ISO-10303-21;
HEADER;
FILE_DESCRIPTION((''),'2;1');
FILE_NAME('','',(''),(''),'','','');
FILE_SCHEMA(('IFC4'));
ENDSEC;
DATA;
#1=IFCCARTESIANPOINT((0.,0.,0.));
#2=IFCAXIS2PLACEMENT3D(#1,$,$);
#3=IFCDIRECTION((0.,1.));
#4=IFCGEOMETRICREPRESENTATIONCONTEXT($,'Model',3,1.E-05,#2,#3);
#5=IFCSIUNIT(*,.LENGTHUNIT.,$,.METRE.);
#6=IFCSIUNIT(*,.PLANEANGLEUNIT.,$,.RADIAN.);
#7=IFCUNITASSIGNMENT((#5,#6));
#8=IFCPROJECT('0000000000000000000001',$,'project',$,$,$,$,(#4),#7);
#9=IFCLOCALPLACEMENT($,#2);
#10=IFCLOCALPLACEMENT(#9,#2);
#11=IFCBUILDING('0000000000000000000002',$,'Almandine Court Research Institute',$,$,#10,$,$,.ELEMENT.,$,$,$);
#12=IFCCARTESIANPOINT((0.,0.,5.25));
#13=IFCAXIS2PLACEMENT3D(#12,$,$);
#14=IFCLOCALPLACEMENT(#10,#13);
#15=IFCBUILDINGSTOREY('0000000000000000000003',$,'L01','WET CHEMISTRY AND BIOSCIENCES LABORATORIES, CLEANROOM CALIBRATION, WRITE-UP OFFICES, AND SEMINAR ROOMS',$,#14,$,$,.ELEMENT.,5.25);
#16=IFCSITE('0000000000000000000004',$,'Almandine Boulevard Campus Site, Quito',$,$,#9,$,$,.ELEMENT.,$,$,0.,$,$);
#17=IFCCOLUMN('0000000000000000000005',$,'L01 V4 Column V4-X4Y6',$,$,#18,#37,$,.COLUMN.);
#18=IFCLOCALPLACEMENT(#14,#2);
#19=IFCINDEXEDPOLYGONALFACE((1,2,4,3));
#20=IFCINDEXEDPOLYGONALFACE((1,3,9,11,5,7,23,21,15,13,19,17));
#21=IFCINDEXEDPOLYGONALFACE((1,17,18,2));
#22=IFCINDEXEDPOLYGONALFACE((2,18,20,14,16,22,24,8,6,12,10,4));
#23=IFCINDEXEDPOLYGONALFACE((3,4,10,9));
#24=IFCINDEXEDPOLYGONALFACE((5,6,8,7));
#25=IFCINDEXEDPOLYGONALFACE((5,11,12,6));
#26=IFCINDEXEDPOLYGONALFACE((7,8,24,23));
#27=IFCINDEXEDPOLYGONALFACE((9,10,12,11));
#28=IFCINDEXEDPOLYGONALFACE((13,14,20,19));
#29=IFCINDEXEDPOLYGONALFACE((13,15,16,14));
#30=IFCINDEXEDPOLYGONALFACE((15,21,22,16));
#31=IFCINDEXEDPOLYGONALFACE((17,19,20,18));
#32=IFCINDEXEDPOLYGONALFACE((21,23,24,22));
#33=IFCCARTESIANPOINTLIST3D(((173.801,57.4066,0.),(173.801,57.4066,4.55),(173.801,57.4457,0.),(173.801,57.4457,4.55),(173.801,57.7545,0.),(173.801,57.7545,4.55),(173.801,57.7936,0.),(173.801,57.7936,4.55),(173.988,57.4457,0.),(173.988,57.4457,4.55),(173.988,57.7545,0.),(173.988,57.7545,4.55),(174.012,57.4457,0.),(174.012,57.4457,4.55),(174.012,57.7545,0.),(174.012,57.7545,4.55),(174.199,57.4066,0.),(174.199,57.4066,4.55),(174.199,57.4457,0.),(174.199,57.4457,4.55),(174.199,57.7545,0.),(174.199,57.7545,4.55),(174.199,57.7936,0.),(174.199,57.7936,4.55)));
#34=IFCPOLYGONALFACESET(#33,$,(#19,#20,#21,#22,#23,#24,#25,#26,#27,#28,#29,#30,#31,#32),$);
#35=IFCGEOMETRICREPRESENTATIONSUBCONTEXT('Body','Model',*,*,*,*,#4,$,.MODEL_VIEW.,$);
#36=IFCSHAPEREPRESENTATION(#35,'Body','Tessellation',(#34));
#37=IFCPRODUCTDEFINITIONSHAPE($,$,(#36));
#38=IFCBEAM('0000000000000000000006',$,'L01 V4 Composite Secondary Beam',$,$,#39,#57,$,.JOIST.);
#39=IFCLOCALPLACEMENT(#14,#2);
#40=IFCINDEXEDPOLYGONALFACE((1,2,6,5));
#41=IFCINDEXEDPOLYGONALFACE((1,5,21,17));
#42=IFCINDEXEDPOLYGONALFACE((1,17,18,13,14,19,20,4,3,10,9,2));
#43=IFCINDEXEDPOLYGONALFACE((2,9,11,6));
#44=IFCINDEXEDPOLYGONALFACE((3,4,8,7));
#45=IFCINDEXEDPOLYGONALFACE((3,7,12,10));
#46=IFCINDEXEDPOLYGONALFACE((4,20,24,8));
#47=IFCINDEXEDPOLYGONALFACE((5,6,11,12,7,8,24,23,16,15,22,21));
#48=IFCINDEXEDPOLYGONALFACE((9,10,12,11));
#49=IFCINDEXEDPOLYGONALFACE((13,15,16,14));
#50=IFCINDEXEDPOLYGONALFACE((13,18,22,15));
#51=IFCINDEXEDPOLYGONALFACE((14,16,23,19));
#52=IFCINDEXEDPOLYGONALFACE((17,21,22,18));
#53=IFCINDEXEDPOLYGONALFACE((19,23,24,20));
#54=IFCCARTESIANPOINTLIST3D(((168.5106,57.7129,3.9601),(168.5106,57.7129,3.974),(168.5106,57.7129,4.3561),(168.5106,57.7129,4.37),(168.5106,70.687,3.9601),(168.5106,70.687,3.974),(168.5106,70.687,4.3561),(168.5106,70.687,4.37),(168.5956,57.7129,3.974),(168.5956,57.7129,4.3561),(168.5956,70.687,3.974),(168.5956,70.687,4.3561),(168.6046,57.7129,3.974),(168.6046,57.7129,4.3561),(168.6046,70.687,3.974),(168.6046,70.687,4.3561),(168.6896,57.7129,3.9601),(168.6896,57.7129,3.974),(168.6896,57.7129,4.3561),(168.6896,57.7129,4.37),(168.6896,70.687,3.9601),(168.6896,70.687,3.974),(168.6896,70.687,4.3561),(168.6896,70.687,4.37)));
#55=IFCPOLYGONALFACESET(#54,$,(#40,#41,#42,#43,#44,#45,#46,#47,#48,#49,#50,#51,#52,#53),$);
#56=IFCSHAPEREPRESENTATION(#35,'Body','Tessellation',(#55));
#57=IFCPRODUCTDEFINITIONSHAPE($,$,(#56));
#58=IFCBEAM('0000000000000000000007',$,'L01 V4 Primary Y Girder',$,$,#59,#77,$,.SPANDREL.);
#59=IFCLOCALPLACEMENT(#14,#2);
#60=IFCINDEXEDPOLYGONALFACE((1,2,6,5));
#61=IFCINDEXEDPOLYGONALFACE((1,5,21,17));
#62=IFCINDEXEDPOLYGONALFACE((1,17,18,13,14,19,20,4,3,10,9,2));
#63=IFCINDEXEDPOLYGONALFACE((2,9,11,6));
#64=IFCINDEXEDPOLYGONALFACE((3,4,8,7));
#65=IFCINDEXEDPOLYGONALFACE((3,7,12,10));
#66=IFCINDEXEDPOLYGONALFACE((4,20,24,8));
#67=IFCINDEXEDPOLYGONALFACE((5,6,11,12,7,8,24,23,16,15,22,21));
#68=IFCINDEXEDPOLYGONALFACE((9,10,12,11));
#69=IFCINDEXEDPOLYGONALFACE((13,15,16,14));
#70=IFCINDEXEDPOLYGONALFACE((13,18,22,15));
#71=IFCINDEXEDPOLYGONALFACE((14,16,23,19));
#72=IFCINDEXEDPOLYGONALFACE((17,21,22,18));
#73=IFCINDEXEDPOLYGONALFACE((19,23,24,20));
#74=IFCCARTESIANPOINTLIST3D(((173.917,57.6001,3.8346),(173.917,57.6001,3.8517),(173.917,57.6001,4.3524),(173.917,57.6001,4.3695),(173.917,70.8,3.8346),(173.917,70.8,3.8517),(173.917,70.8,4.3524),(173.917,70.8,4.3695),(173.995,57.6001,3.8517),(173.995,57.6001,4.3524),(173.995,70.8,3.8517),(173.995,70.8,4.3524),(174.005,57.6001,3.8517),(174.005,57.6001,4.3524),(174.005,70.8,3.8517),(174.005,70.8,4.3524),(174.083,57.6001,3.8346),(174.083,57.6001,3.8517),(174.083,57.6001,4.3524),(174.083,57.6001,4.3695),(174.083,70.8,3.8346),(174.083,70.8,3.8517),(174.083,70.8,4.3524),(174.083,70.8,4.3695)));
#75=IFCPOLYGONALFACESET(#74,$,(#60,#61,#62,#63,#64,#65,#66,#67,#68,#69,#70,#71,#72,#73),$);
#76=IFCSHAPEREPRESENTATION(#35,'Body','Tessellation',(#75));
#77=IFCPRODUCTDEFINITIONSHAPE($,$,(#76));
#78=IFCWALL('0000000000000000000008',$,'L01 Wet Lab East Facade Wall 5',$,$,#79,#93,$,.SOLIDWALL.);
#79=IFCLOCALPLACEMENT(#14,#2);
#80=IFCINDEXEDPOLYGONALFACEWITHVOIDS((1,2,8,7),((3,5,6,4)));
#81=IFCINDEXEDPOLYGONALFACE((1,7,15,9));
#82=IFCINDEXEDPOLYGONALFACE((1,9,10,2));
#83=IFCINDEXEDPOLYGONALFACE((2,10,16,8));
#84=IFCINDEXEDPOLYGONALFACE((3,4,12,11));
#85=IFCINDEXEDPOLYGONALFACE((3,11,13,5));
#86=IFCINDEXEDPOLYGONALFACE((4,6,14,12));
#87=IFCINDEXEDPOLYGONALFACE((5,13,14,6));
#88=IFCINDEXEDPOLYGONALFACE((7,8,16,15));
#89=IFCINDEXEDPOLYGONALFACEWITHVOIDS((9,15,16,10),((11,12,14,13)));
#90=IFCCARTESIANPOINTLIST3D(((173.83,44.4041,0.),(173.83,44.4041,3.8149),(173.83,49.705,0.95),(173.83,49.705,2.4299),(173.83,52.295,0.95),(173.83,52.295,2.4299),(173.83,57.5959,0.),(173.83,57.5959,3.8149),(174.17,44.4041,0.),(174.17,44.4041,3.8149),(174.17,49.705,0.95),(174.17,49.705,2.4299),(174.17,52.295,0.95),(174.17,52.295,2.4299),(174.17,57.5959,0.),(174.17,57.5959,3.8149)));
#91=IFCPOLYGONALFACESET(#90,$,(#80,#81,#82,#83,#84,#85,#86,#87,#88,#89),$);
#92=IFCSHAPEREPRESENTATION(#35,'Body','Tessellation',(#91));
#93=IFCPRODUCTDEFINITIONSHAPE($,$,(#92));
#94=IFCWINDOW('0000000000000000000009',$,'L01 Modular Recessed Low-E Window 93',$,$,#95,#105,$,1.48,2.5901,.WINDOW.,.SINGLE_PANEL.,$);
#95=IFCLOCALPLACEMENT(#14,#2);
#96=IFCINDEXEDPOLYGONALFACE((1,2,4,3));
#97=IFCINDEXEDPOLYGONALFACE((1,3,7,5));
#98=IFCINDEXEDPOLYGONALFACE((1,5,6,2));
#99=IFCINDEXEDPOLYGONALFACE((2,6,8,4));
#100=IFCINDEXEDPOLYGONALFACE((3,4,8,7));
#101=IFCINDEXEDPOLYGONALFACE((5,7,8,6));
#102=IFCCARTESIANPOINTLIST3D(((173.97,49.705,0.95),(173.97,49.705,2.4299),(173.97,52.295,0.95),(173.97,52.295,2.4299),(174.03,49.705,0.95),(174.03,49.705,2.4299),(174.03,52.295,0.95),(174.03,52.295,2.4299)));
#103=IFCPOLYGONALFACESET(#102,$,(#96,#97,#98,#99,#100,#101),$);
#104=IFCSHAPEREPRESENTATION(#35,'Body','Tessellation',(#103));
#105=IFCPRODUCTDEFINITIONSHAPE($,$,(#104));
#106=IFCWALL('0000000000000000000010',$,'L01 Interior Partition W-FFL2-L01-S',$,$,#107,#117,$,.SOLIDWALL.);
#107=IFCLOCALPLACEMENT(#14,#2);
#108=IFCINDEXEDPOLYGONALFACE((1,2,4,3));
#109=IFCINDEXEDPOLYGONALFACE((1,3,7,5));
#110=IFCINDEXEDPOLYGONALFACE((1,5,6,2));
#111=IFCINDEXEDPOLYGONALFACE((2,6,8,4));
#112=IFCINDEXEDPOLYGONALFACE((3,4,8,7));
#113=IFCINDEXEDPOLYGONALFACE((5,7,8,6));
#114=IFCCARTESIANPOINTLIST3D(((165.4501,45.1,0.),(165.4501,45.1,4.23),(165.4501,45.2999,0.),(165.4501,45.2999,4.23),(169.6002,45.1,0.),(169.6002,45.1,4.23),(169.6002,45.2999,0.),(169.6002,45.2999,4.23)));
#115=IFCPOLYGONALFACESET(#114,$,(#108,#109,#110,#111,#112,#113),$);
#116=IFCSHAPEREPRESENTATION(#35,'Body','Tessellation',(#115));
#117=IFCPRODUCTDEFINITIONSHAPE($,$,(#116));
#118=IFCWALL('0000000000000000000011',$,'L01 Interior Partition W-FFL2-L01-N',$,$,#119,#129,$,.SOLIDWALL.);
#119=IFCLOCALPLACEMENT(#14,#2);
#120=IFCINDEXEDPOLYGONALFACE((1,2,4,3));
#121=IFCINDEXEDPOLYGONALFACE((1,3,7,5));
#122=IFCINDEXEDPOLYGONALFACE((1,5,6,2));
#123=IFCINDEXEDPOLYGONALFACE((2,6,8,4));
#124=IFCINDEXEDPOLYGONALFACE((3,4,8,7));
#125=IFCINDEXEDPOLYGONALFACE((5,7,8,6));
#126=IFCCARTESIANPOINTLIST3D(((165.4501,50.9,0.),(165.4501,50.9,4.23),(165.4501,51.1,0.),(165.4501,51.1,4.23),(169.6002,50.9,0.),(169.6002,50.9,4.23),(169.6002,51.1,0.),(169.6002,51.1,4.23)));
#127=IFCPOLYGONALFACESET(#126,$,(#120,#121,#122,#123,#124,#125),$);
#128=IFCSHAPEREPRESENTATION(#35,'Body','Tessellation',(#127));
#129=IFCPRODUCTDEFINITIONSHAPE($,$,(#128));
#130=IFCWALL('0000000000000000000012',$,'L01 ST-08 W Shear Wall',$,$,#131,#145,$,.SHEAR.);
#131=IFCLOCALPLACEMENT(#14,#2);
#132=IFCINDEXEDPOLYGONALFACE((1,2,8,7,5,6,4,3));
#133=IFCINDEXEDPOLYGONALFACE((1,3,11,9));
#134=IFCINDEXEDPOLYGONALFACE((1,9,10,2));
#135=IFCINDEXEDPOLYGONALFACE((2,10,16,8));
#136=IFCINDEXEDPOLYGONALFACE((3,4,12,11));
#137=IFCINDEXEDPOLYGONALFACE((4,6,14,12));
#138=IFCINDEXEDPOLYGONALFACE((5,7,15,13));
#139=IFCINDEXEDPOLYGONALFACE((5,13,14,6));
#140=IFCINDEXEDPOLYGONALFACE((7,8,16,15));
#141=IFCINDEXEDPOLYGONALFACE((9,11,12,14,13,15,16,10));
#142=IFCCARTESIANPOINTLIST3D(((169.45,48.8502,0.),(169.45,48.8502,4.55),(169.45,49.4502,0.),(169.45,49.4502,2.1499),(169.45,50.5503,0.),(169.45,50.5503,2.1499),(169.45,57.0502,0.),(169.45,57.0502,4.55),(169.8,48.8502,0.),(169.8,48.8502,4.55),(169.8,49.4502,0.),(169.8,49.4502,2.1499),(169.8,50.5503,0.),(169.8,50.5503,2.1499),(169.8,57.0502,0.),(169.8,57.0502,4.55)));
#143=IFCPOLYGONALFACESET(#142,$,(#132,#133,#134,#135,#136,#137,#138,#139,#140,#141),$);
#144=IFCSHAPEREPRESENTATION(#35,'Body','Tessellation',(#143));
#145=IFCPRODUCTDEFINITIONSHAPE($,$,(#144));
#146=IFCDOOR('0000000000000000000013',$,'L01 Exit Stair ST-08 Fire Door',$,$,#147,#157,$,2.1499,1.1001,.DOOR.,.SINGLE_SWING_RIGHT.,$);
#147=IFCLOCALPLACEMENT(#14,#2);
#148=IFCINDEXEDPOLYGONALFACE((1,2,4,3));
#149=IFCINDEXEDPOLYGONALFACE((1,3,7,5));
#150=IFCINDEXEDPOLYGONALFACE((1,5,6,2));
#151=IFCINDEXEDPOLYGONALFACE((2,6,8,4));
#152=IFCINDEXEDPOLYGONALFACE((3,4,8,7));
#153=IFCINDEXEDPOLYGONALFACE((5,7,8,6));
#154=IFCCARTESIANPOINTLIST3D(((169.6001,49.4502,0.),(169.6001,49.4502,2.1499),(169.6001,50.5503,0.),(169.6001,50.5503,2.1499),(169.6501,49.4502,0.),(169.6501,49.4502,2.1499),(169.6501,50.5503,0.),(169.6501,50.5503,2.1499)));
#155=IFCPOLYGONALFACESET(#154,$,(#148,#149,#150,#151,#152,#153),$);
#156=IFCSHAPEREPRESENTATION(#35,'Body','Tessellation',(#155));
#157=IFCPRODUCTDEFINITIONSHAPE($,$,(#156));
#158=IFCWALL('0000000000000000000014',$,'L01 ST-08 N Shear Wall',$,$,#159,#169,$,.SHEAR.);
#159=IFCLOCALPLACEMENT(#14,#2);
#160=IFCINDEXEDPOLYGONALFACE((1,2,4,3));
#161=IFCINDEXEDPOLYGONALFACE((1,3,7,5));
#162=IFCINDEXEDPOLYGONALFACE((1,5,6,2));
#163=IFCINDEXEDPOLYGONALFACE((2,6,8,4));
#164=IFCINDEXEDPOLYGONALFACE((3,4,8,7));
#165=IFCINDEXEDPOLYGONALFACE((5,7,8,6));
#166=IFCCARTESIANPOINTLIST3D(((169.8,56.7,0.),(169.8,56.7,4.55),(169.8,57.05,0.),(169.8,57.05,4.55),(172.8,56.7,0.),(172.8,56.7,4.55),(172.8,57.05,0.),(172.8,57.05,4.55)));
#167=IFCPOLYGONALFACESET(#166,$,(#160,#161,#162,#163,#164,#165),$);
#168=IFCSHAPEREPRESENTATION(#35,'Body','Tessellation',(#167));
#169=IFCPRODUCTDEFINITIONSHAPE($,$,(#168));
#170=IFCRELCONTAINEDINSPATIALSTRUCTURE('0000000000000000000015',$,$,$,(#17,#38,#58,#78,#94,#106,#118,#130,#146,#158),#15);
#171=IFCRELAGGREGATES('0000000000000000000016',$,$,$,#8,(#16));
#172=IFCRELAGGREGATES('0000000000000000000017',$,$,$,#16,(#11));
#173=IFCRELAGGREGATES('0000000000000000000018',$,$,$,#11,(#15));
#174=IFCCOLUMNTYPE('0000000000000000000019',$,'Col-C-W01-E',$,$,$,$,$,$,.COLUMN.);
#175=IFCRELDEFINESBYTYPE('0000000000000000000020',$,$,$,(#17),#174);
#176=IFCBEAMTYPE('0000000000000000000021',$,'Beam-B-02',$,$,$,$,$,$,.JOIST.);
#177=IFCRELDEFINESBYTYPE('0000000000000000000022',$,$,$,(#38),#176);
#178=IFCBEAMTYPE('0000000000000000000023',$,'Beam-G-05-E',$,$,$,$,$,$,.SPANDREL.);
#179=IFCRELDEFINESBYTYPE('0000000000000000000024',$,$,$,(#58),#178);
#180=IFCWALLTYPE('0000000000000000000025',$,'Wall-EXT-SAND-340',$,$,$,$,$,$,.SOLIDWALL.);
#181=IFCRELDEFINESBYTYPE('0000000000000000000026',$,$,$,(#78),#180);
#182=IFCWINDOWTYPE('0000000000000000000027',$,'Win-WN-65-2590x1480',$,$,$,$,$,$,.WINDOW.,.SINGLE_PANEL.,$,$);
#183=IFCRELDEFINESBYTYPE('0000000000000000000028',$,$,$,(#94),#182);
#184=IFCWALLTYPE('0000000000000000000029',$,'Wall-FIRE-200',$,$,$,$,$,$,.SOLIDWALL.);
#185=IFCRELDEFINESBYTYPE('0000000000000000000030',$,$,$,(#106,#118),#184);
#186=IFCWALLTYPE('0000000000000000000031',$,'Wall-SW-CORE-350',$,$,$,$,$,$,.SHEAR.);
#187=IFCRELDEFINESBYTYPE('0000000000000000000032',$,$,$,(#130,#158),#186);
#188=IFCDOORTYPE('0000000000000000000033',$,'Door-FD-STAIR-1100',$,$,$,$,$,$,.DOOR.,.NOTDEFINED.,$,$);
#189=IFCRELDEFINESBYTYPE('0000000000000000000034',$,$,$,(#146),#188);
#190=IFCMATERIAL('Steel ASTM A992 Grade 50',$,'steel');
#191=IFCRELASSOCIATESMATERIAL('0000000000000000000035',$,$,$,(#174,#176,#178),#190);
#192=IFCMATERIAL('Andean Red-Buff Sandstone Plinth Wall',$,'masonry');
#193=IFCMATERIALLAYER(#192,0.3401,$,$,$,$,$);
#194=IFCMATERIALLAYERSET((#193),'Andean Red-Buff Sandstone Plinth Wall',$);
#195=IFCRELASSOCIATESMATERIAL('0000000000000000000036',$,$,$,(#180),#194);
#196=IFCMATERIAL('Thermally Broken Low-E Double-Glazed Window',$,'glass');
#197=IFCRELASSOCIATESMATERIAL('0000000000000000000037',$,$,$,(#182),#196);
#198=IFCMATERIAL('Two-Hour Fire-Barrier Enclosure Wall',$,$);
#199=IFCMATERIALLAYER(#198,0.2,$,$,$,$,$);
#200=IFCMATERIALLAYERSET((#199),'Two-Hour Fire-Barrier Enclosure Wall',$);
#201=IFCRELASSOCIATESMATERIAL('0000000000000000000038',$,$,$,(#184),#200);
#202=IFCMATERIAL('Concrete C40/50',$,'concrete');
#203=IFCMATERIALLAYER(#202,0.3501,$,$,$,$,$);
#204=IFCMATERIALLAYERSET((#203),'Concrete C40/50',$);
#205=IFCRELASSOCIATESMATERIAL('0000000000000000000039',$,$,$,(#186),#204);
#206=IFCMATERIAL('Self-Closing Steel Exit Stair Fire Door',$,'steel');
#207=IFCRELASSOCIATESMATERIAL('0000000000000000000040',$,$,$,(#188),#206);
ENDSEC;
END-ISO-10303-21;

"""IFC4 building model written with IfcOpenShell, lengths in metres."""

from ifc_helpers import new_model, si_unit, direction, frame, frame_2d, origin, origin_2d, place, context, subcontext, project, spatial, rectangle, i_section, extrude, material, layer, layer_set, material_profile, profile_set, type_object, element, fill, save


model = new_model("IFC4")

# Units and contexts
model_context = context("Model", 3, precision=1e-05, world=origin(), true_north=direction((0.0, 1.0)))
body_context = subcontext(model_context, "Body", "Model", "MODEL_VIEW")
ifc_project = project(units=[si_unit("LENGTHUNIT", "METRE"), si_unit("PLANEANGLEUNIT", "RADIAN")], contexts=[model_context])

# Site, building, storey
site_placement = place(None, origin())
site = spatial("IfcSite", under=ifc_project, at=site_placement, Name="Almandine Boulevard Campus Site, Quito", CompositionType="ELEMENT", RefElevation=0.0)
building_placement = place(site_placement, origin())
building = spatial("IfcBuilding", under=site, at=building_placement, Name="Almandine Court Research Institute", CompositionType="ELEMENT")
storey_placement = place(building_placement, frame((0.0, 0.0, 5.25)))
storey = spatial("IfcBuildingStorey", under=building, at=storey_placement, Name="L01", Description="WET CHEMISTRY AND BIOSCIENCES LABORATORIES, CLEANROOM CALIBRATION, WRITE-UP OFFICES, AND SEMINAR ROOMS", CompositionType="ELEMENT", Elevation=5.25)

# Column
ifc_material_1 = material(Name="Steel ASTM A992 Grade 50", Category="steel")
ifc_material_profile_1 = material_profile(ifc_material_1, i_section(OverallWidth=0.3979, OverallDepth=0.387, WebThickness=0.0239, FlangeThickness=0.0391, at=origin_2d()), Name="W360x262")
ifc_profile_set_1 = profile_set([ifc_material_profile_1], Name="Steel ASTM A992 Grade 50")
column_type = type_object("IfcColumnType", Name="Col-C-W01-E", PredefinedType="COLUMN", material=ifc_profile_set_1)
column_placement = place(storey_placement, frame((174.0, 57.6001, 0.0), z_axis=(0.0, 0.0, 1.0), x_axis=(1.0, 0.0, 0.0)))
element("IfcColumn", 1, at=column_placement, inside=storey, type_object=column_type, Name="L01 V4 Column V4-X4Y6", PredefinedType="COLUMN", context=body_context, shape_type="SweptSolid", body=[
    extrude(i_section(OverallWidth=0.3979, OverallDepth=0.387, WebThickness=0.0239, FlangeThickness=0.0391, at=origin_2d()), origin(), (0.0, 0.0, 1.0), 4.55),
])

# Beams
ifc_material_profile_2 = material_profile(ifc_material_1, i_section(OverallWidth=0.179, OverallDepth=0.4099, WebThickness=0.009, FlangeThickness=0.0139, at=origin_2d()), Name="W410x67")
ifc_profile_set_2 = profile_set([ifc_material_profile_2], Name="Steel ASTM A992 Grade 50")
beam_type_1 = type_object("IfcBeamType", Name="Beam-B-02", PredefinedType="JOIST", material=ifc_profile_set_2)
beam_1_placement = place(storey_placement, frame((168.6001, 57.7129, 4.165), z_axis=(0.0, 1.0, 0.0), x_axis=(-1.0, 0.0, 0.0)))
element("IfcBeam", 2, at=beam_1_placement, inside=storey, type_object=beam_type_1, Name="L01 V4 Composite Secondary Beam", PredefinedType="JOIST", context=body_context, shape_type="SweptSolid", body=[
    extrude(i_section(OverallWidth=0.179, OverallDepth=0.4099, WebThickness=0.009, FlangeThickness=0.0139, at=origin_2d()), origin(), (0.0, 0.0, 1.0), 12.9741),
])
ifc_material_profile_3 = material_profile(ifc_material_1, i_section(OverallWidth=0.166, OverallDepth=0.5349, WebThickness=0.01, FlangeThickness=0.0171, at=origin_2d()), Name="W530x85")
ifc_profile_set_3 = profile_set([ifc_material_profile_3], Name="Steel ASTM A992 Grade 50")
beam_type_2 = type_object("IfcBeamType", Name="Beam-G-05-E", PredefinedType="SPANDREL", material=ifc_profile_set_3)
beam_2_placement = place(storey_placement, frame((174.0, 57.6001, 4.1021), z_axis=(0.0, 1.0, 0.0), x_axis=(-1.0, 0.0, 0.0)))
element("IfcBeam", 3, at=beam_2_placement, inside=storey, type_object=beam_type_2, Name="L01 V4 Primary Y Girder", PredefinedType="SPANDREL", context=body_context, shape_type="SweptSolid", body=[
    extrude(i_section(OverallWidth=0.166, OverallDepth=0.5349, WebThickness=0.01, FlangeThickness=0.0171, at=origin_2d()), origin(), (0.0, 0.0, 1.0), 13.2),
])

# Wall, opening, window
ifc_material_2 = material(Name="Andean Red-Buff Sandstone Plinth Wall", Category="masonry")
ifc_layer_1 = layer(ifc_material_2, 0.3401)
ifc_layer_set_1 = layer_set([ifc_layer_1], Name="Andean Red-Buff Sandstone Plinth Wall")
wall_type_1 = type_object("IfcWallType", Name="Wall-EXT-SAND-340", PredefinedType="SOLIDWALL", material=ifc_layer_set_1)
wall_1_placement = place(storey_placement, frame((174.0, 57.5959, 0.0), z_axis=(0.0, 0.0, 1.0), x_axis=(0.0, -1.0, 0.0)))
wall_1 = element("IfcWall", 4, at=wall_1_placement, inside=storey, type_object=wall_type_1, Name="L01 Wet Lab East Facade Wall 5", PredefinedType="SOLIDWALL", context=body_context, shape_type="SweptSolid", body=[
    extrude(rectangle(XDim=13.1919, YDim=0.3401, at=frame_2d((6.5959, 0.0))), origin(), (0.0, 0.0, 1.0), 3.8149),
])
opening_1_placement = place(wall_1_placement, frame((5.301, 0.0, 0.95)))
opening_1 = element("IfcOpeningElement", 5, at=opening_1_placement, cuts=wall_1, PredefinedType="OPENING", context=body_context, shape_type="SweptSolid", body=[
    extrude(rectangle(XDim=2.5901, YDim=1.48, at=frame_2d((1.2949, 0.74))), frame((0.0, 0.1799, 0.0), z_axis=(0.0, -1.0, 0.0), x_axis=(1.0, 0.0, 0.0)), (0.0, 0.0, 1.0), 0.3601),
])
ifc_material_3 = material(Name="Thermally Broken Low-E Double-Glazed Window", Category="glass")
window_type = type_object("IfcWindowType", Name="Win-WN-65-2590x1480", PartitioningType="SINGLE_PANEL", PredefinedType="WINDOW", material=ifc_material_3)
window_placement = place(opening_1_placement, origin())
window = element("IfcWindow", 6, at=window_placement, inside=storey, type_object=window_type, Name="L01 Modular Recessed Low-E Window 93", OverallHeight=1.48, OverallWidth=2.5901, PartitioningType="SINGLE_PANEL", PredefinedType="WINDOW", context=body_context, shape_type="SweptSolid", body=[
    extrude(rectangle(XDim=2.5901, YDim=1.48, at=frame_2d((1.2949, 0.74))), frame((0.0, 0.03, 0.0), z_axis=(0.0, -1.0, 0.0), x_axis=(1.0, 0.0, 0.0)), (0.0, 0.0, 1.0), 0.0601),
])
fill(opening_1, window)

# Walls
ifc_material_4 = material(Name="Two-Hour Fire-Barrier Enclosure Wall")
ifc_layer_2 = layer(ifc_material_4, 0.2)
ifc_layer_set_2 = layer_set([ifc_layer_2], Name="Two-Hour Fire-Barrier Enclosure Wall")
wall_type_2 = type_object("IfcWallType", Name="Wall-FIRE-200", PredefinedType="SOLIDWALL", material=ifc_layer_set_2)
for number, where, z_axis, x_axis, name in (
    (7, (165.45, 45.2, 0.0), (0.0, 0.0, 1.0), (1.0, 0.0, 0.0), "L01 Interior Partition W-FFL2-L01-S"),
    (8, (165.45, 51.0, 0.0), (0.0, 0.0, 1.0), (1.0, 0.0, 0.0), "L01 Interior Partition W-FFL2-L01-N"),
):
    element("IfcWall", number, at=place(storey_placement, frame(where, z_axis=z_axis, x_axis=x_axis)), inside=storey, type_object=wall_type_2, Name=name, PredefinedType="SOLIDWALL", context=body_context, shape_type="SweptSolid", body=[
        extrude(rectangle(XDim=4.1501, YDim=0.2, at=frame_2d((2.0752, 0.0))), origin(), (0.0, 0.0, 1.0), 4.23),
    ])

# Wall, opening, door
ifc_material_5 = material(Name="Concrete C40/50", Category="concrete")
ifc_layer_3 = layer(ifc_material_5, 0.3501)
ifc_layer_set_3 = layer_set([ifc_layer_3], Name="Concrete C40/50")
wall_type_3 = type_object("IfcWallType", Name="Wall-SW-CORE-350", PredefinedType="SHEAR", material=ifc_layer_set_3)
wall_2_placement = place(storey_placement, frame((169.625, 48.8501, 0.0), z_axis=(0.0, 0.0, 1.0), x_axis=(0.0, 1.0, 0.0)))
wall_2 = element("IfcWall", 9, at=wall_2_placement, inside=storey, type_object=wall_type_3, Name="L01 ST-08 W Shear Wall", PredefinedType="SHEAR", context=body_context, shape_type="SweptSolid", body=[
    extrude(rectangle(XDim=8.2, YDim=0.3501, at=frame_2d((4.1001, 0.0))), origin(), (0.0, 0.0, 1.0), 4.55),
])
opening_2_placement = place(wall_2_placement, frame((0.6001, 0.0, 0.0)))
opening_2 = element("IfcOpeningElement", 10, at=opening_2_placement, cuts=wall_2, PredefinedType="OPENING", context=body_context, shape_type="SweptSolid", body=[
    extrude(rectangle(XDim=1.1001, YDim=2.1499, at=frame_2d((0.55, 1.075))), frame((0.0, 0.1851, 0.0), z_axis=(0.0, -1.0, 0.0), x_axis=(1.0, 0.0, 0.0)), (0.0, 0.0, 1.0), 0.3701),
])
ifc_material_6 = material(Name="Self-Closing Steel Exit Stair Fire Door", Category="steel")
door_type_1 = type_object("IfcDoorType", Name="Door-FD-STAIR-1100", OperationType="NOTDEFINED", PredefinedType="DOOR", material=ifc_material_6)
door_1_placement = place(opening_2_placement, origin())
door_1 = element("IfcDoor", 11, at=door_1_placement, inside=storey, type_object=door_type_1, Name="L01 Exit Stair ST-08 Fire Door", OperationType="SINGLE_SWING_RIGHT", OverallHeight=2.1499, OverallWidth=1.1001, PredefinedType="DOOR", context=body_context, shape_type="SweptSolid", body=[
    extrude(rectangle(XDim=1.1001, YDim=2.1499, at=frame_2d((0.55, 1.075))), frame((0.0, 0.0249, 0.0), z_axis=(0.0, -1.0, 0.0), x_axis=(1.0, 0.0, 0.0)), (0.0, 0.0, 1.0), 0.05),
])
fill(opening_2, door_1)

# Wall
wall_3_placement = place(storey_placement, frame((169.8, 56.875, 0.0), z_axis=(0.0, 0.0, 1.0), x_axis=(1.0, 0.0, 0.0)))
element("IfcWall", 12, at=wall_3_placement, inside=storey, type_object=wall_type_3, Name="L01 ST-08 N Shear Wall", PredefinedType="SHEAR", context=body_context, shape_type="SweptSolid", body=[
    extrude(rectangle(XDim=3.0, YDim=0.3501, at=frame_2d((1.5, 0.0))), origin(), (0.0, 0.0, 1.0), 4.55),
])

save(model, "model.ifc")
